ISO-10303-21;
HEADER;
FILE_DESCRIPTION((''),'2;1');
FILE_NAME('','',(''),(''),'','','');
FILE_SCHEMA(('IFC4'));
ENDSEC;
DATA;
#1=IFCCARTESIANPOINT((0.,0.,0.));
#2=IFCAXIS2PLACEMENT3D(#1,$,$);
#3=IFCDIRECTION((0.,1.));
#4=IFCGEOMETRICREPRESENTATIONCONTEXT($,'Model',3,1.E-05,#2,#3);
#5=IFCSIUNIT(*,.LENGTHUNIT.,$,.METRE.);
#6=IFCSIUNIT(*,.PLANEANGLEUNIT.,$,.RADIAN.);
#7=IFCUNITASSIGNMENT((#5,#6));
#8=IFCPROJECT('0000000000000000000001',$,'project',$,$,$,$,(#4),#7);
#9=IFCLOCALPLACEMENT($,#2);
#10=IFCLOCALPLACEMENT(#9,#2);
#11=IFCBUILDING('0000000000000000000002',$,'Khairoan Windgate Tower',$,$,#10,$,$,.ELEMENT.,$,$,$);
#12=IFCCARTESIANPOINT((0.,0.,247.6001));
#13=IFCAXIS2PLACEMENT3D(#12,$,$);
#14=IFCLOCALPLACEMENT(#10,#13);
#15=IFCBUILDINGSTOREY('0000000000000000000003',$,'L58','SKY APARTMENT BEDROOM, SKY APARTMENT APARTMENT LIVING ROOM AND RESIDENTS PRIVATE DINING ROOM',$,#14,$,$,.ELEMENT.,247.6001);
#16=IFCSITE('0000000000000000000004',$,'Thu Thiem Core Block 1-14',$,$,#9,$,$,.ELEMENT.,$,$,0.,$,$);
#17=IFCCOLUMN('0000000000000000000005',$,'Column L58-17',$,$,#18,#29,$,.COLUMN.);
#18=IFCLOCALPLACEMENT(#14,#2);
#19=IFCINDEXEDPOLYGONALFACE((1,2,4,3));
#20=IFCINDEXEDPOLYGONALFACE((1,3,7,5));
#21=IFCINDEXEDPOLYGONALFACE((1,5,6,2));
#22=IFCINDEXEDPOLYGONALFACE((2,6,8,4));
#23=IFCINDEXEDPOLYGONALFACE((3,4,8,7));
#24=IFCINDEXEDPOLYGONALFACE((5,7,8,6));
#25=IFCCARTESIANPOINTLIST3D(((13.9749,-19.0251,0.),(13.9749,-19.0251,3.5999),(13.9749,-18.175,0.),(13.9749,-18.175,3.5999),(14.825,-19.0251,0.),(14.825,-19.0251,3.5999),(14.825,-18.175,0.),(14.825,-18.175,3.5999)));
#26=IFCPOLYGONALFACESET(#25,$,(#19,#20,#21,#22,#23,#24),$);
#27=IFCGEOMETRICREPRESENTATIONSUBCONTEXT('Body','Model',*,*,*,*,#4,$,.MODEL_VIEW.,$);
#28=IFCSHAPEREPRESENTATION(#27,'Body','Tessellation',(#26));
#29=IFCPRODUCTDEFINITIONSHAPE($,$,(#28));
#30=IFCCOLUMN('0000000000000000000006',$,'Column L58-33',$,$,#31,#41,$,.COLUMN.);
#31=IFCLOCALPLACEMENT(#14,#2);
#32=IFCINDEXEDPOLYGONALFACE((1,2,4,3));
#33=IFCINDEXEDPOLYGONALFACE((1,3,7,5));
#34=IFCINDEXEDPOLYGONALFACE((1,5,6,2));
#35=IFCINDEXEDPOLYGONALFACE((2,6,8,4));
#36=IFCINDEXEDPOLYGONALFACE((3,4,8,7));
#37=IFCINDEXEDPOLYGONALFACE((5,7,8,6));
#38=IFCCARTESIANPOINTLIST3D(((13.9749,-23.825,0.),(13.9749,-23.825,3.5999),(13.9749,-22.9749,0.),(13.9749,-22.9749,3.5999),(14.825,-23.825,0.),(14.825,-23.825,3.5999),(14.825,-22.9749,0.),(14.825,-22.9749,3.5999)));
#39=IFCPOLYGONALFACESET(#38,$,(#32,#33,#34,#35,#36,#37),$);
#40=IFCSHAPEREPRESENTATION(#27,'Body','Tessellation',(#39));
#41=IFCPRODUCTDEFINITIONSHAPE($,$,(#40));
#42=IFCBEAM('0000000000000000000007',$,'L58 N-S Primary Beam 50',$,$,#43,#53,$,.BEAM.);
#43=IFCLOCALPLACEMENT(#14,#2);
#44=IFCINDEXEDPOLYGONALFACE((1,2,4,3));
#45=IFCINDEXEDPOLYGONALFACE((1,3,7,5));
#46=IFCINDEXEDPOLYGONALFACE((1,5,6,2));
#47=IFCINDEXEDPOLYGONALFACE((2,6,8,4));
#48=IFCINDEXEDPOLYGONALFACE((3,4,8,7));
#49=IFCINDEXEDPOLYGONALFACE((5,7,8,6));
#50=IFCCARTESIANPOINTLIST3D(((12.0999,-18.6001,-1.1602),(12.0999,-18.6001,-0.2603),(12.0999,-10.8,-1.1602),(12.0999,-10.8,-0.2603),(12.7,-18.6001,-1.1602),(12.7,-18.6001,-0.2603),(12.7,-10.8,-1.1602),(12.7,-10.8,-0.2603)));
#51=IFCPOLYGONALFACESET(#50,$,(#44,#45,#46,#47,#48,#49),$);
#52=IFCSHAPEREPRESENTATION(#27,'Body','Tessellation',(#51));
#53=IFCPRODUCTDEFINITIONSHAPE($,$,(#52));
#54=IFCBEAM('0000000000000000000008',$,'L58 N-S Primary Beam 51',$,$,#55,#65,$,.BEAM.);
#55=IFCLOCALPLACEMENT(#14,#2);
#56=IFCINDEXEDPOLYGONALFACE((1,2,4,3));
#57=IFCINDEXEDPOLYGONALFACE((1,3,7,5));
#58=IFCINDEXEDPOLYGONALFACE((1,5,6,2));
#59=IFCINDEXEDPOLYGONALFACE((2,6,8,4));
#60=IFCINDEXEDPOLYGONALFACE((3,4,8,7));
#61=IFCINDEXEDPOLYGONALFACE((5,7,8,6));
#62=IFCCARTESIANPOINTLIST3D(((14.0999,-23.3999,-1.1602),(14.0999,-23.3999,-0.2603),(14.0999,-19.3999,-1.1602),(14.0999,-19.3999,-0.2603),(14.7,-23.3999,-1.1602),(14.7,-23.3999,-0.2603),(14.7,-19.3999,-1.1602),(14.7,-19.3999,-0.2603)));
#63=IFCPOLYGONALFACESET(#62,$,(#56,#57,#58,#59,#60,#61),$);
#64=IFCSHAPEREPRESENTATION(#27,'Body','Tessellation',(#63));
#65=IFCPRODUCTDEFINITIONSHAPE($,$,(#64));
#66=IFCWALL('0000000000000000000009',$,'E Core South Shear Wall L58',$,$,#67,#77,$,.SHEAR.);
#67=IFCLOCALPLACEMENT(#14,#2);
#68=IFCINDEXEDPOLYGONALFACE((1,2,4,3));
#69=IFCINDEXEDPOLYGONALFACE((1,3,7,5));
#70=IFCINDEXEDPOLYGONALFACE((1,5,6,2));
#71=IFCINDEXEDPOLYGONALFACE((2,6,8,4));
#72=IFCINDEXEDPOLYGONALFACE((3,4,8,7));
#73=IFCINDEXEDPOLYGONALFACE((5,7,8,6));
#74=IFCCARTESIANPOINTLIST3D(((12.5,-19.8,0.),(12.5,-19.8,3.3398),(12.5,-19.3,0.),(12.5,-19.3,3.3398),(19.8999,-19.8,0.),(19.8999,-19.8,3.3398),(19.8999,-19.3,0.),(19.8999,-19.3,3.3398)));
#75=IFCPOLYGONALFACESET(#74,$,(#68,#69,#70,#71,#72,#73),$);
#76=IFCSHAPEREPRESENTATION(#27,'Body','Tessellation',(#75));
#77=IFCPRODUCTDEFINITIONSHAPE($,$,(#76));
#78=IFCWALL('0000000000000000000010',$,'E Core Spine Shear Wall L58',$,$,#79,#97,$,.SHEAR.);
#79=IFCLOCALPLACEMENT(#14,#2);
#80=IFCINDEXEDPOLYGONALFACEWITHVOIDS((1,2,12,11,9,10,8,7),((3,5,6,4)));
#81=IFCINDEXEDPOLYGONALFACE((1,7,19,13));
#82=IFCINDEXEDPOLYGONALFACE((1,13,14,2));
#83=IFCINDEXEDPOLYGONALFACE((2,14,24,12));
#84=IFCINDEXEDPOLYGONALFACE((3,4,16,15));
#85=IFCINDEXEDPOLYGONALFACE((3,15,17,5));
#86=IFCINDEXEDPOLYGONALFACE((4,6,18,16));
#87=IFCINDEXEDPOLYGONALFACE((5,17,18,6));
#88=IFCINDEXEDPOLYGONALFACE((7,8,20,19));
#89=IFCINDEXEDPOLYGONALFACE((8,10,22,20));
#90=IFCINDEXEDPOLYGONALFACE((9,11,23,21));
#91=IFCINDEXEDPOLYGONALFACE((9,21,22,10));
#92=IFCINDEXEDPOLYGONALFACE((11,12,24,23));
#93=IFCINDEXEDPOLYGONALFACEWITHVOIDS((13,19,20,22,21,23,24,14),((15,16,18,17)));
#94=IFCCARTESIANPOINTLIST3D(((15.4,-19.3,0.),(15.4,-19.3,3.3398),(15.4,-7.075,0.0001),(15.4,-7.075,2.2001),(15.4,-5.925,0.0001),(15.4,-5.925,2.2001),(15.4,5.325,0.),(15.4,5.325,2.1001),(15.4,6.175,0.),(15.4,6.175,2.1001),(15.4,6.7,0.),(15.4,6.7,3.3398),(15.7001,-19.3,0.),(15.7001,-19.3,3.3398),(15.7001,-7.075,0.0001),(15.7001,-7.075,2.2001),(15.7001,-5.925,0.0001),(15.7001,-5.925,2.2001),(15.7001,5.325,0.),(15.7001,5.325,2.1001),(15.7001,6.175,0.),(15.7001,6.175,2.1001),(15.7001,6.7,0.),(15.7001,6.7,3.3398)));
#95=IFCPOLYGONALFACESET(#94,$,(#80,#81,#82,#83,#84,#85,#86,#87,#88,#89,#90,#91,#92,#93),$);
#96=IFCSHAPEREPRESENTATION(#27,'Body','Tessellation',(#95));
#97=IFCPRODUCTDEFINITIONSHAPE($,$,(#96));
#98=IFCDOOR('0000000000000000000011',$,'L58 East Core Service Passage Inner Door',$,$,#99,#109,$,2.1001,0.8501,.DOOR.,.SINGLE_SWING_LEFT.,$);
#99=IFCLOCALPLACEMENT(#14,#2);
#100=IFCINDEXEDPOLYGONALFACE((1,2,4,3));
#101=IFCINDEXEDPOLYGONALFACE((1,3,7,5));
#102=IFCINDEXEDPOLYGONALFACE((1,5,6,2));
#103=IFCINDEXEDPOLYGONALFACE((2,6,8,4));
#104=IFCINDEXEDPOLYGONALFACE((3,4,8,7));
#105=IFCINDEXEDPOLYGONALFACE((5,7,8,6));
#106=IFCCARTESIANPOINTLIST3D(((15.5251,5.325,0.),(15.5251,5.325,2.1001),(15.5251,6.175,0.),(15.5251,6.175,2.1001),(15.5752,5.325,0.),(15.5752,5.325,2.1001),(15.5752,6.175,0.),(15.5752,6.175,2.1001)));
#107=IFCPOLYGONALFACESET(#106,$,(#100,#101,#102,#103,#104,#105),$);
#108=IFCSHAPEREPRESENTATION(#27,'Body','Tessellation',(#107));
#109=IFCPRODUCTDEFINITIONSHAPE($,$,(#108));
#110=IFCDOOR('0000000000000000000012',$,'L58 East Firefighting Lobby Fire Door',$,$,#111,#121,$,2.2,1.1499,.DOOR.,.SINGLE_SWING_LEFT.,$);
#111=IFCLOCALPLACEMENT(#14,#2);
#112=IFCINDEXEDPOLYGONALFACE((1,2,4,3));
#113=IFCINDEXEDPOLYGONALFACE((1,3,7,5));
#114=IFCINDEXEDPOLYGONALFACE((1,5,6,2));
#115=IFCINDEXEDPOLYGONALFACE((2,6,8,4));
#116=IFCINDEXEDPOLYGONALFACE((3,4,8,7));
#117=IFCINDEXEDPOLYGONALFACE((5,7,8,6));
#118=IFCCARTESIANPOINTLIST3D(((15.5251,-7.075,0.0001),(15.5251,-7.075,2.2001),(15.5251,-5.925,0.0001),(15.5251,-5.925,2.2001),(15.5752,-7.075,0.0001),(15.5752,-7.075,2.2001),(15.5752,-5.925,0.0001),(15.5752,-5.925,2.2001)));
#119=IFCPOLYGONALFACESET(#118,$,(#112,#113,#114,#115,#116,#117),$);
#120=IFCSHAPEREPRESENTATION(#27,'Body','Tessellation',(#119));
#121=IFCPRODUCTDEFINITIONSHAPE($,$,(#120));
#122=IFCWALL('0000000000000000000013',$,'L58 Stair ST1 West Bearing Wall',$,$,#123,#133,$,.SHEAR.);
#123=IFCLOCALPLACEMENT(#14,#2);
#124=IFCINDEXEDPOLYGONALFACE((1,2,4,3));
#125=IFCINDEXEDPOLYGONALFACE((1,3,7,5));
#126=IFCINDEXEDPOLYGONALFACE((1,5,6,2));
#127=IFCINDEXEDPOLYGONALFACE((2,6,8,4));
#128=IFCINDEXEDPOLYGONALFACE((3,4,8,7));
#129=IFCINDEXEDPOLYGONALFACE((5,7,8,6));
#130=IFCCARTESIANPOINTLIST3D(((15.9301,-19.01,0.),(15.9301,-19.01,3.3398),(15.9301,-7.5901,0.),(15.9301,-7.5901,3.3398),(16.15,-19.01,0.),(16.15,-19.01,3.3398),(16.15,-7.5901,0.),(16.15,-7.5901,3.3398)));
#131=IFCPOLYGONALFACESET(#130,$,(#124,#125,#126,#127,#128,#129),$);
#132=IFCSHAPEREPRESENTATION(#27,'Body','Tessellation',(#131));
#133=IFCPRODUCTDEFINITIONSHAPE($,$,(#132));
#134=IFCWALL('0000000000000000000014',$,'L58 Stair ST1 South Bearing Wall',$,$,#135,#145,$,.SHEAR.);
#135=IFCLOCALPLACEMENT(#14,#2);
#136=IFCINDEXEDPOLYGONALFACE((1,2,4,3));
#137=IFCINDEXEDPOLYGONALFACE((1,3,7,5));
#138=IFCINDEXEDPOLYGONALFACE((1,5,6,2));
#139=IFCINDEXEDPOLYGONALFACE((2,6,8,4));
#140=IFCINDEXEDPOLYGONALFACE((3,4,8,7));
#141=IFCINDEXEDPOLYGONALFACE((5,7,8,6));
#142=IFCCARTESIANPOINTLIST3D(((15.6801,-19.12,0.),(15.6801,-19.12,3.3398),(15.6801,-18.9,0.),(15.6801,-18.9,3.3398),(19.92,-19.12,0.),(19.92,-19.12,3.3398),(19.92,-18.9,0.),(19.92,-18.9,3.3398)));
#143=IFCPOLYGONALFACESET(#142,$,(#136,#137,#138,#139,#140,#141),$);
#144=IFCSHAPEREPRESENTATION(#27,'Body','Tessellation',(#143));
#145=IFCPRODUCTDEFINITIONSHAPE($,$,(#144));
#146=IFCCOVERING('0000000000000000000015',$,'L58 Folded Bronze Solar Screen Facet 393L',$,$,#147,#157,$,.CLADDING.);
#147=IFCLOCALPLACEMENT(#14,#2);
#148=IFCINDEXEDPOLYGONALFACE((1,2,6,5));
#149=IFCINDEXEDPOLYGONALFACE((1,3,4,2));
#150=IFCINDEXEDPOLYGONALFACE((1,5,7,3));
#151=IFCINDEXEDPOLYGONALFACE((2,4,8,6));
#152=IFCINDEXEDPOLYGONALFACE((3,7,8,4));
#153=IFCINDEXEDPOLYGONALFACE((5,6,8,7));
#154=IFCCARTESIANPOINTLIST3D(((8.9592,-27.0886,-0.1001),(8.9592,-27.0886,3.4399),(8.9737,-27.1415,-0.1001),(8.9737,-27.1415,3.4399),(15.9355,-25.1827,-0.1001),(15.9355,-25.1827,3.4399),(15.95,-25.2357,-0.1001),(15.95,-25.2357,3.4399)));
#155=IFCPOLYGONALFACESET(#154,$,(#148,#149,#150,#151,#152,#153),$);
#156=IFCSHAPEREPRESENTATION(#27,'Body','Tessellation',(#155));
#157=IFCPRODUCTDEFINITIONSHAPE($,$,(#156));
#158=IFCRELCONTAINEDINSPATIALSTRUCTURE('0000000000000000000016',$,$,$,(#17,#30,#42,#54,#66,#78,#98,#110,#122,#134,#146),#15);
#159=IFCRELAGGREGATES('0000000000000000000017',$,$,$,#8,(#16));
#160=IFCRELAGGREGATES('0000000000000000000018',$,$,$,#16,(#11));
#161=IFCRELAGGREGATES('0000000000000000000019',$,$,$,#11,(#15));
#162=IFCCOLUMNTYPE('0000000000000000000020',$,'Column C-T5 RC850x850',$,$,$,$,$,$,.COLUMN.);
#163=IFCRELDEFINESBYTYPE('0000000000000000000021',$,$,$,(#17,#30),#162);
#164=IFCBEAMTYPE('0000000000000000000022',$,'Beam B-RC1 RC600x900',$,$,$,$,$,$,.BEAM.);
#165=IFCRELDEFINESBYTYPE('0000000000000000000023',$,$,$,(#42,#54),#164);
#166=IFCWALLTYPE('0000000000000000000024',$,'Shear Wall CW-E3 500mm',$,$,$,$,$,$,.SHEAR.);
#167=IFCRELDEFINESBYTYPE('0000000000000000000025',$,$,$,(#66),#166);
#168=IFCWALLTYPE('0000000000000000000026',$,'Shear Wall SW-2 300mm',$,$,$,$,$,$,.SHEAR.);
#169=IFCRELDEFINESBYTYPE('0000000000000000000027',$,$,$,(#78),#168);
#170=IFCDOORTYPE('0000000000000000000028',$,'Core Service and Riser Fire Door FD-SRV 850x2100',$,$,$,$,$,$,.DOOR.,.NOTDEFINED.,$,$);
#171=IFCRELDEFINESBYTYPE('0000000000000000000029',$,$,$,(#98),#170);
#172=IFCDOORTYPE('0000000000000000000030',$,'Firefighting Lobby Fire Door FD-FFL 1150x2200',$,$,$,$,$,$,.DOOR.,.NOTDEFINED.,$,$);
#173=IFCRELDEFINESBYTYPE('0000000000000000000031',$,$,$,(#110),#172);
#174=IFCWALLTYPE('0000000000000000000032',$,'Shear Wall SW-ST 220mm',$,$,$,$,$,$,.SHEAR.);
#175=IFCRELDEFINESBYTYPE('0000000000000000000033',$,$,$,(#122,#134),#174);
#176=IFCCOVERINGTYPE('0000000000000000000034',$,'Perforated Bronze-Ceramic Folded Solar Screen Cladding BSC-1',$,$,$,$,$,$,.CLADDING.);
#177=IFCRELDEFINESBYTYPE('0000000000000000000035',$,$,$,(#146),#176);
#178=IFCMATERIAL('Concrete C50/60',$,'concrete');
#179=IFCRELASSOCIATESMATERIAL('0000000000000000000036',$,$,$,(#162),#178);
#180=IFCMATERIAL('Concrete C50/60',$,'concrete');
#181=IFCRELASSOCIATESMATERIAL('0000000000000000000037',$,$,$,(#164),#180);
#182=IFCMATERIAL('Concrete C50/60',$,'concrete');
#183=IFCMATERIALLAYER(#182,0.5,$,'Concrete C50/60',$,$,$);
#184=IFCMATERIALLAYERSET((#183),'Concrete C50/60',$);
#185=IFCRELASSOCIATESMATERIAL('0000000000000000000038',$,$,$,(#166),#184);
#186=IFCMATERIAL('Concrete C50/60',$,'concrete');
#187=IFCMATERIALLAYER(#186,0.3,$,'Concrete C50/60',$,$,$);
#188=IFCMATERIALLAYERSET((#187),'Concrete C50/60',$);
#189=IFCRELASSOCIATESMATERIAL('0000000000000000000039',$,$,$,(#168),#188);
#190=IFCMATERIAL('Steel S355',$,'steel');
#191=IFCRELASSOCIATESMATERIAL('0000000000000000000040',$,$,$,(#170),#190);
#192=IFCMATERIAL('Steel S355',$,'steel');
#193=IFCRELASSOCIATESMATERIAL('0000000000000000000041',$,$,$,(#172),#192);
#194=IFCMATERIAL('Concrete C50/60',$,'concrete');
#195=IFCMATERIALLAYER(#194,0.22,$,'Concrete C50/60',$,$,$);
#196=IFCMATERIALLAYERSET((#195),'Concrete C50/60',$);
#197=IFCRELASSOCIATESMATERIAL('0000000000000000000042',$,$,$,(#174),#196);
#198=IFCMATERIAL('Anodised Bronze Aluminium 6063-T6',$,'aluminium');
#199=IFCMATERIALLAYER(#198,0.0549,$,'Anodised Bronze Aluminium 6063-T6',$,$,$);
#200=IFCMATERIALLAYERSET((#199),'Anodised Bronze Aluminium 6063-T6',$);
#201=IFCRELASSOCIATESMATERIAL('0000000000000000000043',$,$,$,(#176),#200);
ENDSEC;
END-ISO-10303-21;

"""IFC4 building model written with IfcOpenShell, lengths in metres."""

from ifc_helpers import new_model, si_unit, direction, frame, frame_2d, origin, origin_2d, place, context, subcontext, project, spatial, rectangle, extrude, material, layer, layer_set, material_profile, profile_set, type_object, element, fill, save


model = new_model("IFC4")

# Units and contexts
model_context = context("Model", 3, precision=1e-05, world=origin(), true_north=direction((0.0, 1.0)))
body_context = subcontext(model_context, "Body", "Model", "MODEL_VIEW")
ifc_project = project(units=[si_unit("LENGTHUNIT", "METRE"), si_unit("PLANEANGLEUNIT", "RADIAN")], contexts=[model_context])

# Site, building, storey
site_placement = place(None, origin())
site = spatial("IfcSite", under=ifc_project, at=site_placement, Name="Thu Thiem Core Block 1-14", CompositionType="ELEMENT", RefElevation=0.0)
building_placement = place(site_placement, origin())
building = spatial("IfcBuilding", under=site, at=building_placement, Name="Khairoan Windgate Tower", CompositionType="ELEMENT")
storey_placement = place(building_placement, frame((0.0, 0.0, 247.6001)))
storey = spatial("IfcBuildingStorey", under=building, at=storey_placement, Name="L58", Description="SKY APARTMENT BEDROOM, SKY APARTMENT APARTMENT LIVING ROOM AND RESIDENTS PRIVATE DINING ROOM", CompositionType="ELEMENT", Elevation=247.6001)

# Columns
ifc_material_1 = material(Name="Concrete C50/60", Category="concrete")
ifc_material_profile_1 = material_profile(ifc_material_1, rectangle(XDim=0.8501, YDim=0.8501, at=origin_2d()))
ifc_profile_set_1 = profile_set([ifc_material_profile_1], Name="Concrete C50/60")
column_type = type_object("IfcColumnType", Name="Column C-T5 RC850x850", PredefinedType="COLUMN", material=ifc_profile_set_1)
for number, where, z_axis, x_axis, name in (
    (1, (14.3999, -18.6001, 0.0), (0.0, 0.0, 1.0), (1.0, 0.0, 0.0), "Column L58-17"),
    (2, (14.3999, -23.3999, 0.0), (0.0, 0.0, 1.0), (1.0, 0.0, 0.0), "Column L58-33"),
):
    element("IfcColumn", number, at=place(storey_placement, frame(where, z_axis=z_axis, x_axis=x_axis)), inside=storey, type_object=column_type, Name=name, PredefinedType="COLUMN", context=body_context, shape_type="SweptSolid", body=[
        extrude(rectangle(XDim=0.8501, YDim=0.8501, at=origin_2d()), origin(), (0.0, 0.0, 1.0), 3.5999),
    ])

# Beams
ifc_material_2 = material(Name="Concrete C50/60", Category="concrete")
ifc_material_profile_2 = material_profile(ifc_material_2, rectangle(XDim=0.6001, YDim=0.8999, at=origin_2d()))
ifc_profile_set_2 = profile_set([ifc_material_profile_2], Name="Concrete C50/60")
beam_type = type_object("IfcBeamType", Name="Beam B-RC1 RC600x900", PredefinedType="BEAM", material=ifc_profile_set_2)
beam_1_placement = place(storey_placement, frame((12.3999, -18.6001, -0.7102), z_axis=(0.0, 1.0, 0.0), x_axis=(-1.0, 0.0, 0.0)))
element("IfcBeam", 3, at=beam_1_placement, inside=storey, type_object=beam_type, Name="L58 N-S Primary Beam 50", PredefinedType="BEAM", context=body_context, shape_type="SweptSolid", body=[
    extrude(rectangle(XDim=0.6001, YDim=0.8999, at=origin_2d()), origin(), (0.0, 0.0, 1.0), 7.8),
])
beam_2_placement = place(storey_placement, frame((14.3999, -23.3999, -0.7102), z_axis=(0.0, 1.0, 0.0), x_axis=(-1.0, 0.0, 0.0)))
element("IfcBeam", 4, at=beam_2_placement, inside=storey, type_object=beam_type, Name="L58 N-S Primary Beam 51", PredefinedType="BEAM", context=body_context, shape_type="SweptSolid", body=[
    extrude(rectangle(XDim=0.6001, YDim=0.8999, at=origin_2d()), origin(), (0.0, 0.0, 1.0), 4.0),
])

# Wall
ifc_material_3 = material(Name="Concrete C50/60", Category="concrete")
ifc_layer_1 = layer(ifc_material_3, 0.5, Name="Concrete C50/60")
ifc_layer_set_1 = layer_set([ifc_layer_1], Name="Concrete C50/60")
wall_type_1 = type_object("IfcWallType", Name="Shear Wall CW-E3 500mm", PredefinedType="SHEAR", material=ifc_layer_set_1)
wall_1_placement = place(storey_placement, frame((12.5, -19.55, 0.0), z_axis=(0.0, 0.0, 1.0), x_axis=(1.0, 0.0, 0.0)))
element("IfcWall", 5, at=wall_1_placement, inside=storey, type_object=wall_type_1, Name="E Core South Shear Wall L58", PredefinedType="SHEAR", context=body_context, shape_type="SweptSolid", body=[
    extrude(rectangle(XDim=7.3999, YDim=0.5, at=frame_2d((3.7, 0.0))), origin(), (0.0, 0.0, 1.0), 3.3398),
])

# Wall, openings, doors
ifc_material_4 = material(Name="Concrete C50/60", Category="concrete")
ifc_layer_2 = layer(ifc_material_4, 0.3, Name="Concrete C50/60")
ifc_layer_set_2 = layer_set([ifc_layer_2], Name="Concrete C50/60")
wall_type_2 = type_object("IfcWallType", Name="Shear Wall SW-2 300mm", PredefinedType="SHEAR", material=ifc_layer_set_2)
wall_2_placement = place(storey_placement, frame((15.55, -19.3, 0.0), z_axis=(0.0, 0.0, 1.0), x_axis=(0.0, 1.0, 0.0)))
wall_2 = element("IfcWall", 6, at=wall_2_placement, inside=storey, type_object=wall_type_2, Name="E Core Spine Shear Wall L58", PredefinedType="SHEAR", context=body_context, shape_type="SweptSolid", body=[
    extrude(rectangle(XDim=26.0, YDim=0.3, at=frame_2d((13.0, 0.0))), origin(), (0.0, 0.0, 1.0), 3.3398),
])
opening_1_placement = place(wall_2_placement, frame((12.2251, 0.0, 0.0)))
opening_1 = element("IfcOpeningElement", 7, at=opening_1_placement, cuts=wall_2, PredefinedType="OPENING", context=body_context, shape_type="SweptSolid", body=[
    extrude(rectangle(XDim=1.1499, YDim=2.2, at=frame_2d((0.575, 1.1001))), frame((0.0, 0.1599, 0.0), z_axis=(0.0, -1.0, 0.0), x_axis=(1.0, 0.0, 0.0)), (0.0, 0.0, 1.0), 0.3201),
])
opening_2_placement = place(wall_2_placement, frame((24.625, 0.0, 0.0)))
opening_2 = element("IfcOpeningElement", 8, at=opening_2_placement, cuts=wall_2, PredefinedType="OPENING", context=body_context, shape_type="SweptSolid", body=[
    extrude(rectangle(XDim=0.8501, YDim=2.1001, at=frame_2d((0.425, 1.05))), frame((0.0, 0.1599, 0.0), z_axis=(0.0, -1.0, 0.0), x_axis=(1.0, 0.0, 0.0)), (0.0, 0.0, 1.0), 0.3201),
])
ifc_material_5 = material(Name="Steel S355", Category="steel")
door_type_1 = type_object("IfcDoorType", Name="Core Service and Riser Fire Door FD-SRV 850x2100", OperationType="NOTDEFINED", PredefinedType="DOOR", material=ifc_material_5)
door_1_placement = place(opening_2_placement, origin())
door_1 = element("IfcDoor", 9, at=door_1_placement, inside=storey, type_object=door_type_1, Name="L58 East Core Service Passage Inner Door", OperationType="SINGLE_SWING_LEFT", OverallHeight=2.1001, OverallWidth=0.8501, PredefinedType="DOOR", context=body_context, shape_type="SweptSolid", body=[
    extrude(rectangle(XDim=0.8501, YDim=2.1001, at=frame_2d((0.425, 1.05))), frame((0.0, 0.0249, 0.0), z_axis=(0.0, -1.0, 0.0), x_axis=(1.0, 0.0, 0.0)), (0.0, 0.0, 1.0), 0.05),
])
fill(opening_2, door_1)
ifc_material_6 = material(Name="Steel S355", Category="steel")
door_type_2 = type_object("IfcDoorType", Name="Firefighting Lobby Fire Door FD-FFL 1150x2200", OperationType="NOTDEFINED", PredefinedType="DOOR", material=ifc_material_6)
door_2_placement = place(opening_1_placement, origin())
door_2 = element("IfcDoor", 10, at=door_2_placement, inside=storey, type_object=door_type_2, Name="L58 East Firefighting Lobby Fire Door", OperationType="SINGLE_SWING_LEFT", OverallHeight=2.2, OverallWidth=1.1499, PredefinedType="DOOR", context=body_context, shape_type="SweptSolid", body=[
    extrude(rectangle(XDim=1.1499, YDim=2.2, at=frame_2d((0.575, 1.1001))), frame((0.0, 0.0249, 0.0), z_axis=(0.0, -1.0, 0.0), x_axis=(1.0, 0.0, 0.0)), (0.0, 0.0, 1.0), 0.05),
])
fill(opening_1, door_2)

# Walls
ifc_material_7 = material(Name="Concrete C50/60", Category="concrete")
ifc_layer_3 = layer(ifc_material_7, 0.22, Name="Concrete C50/60")
ifc_layer_set_3 = layer_set([ifc_layer_3], Name="Concrete C50/60")
wall_type_3 = type_object("IfcWallType", Name="Shear Wall SW-ST 220mm", PredefinedType="SHEAR", material=ifc_layer_set_3)
wall_3_placement = place(storey_placement, frame((16.04, -19.01, 0.0), z_axis=(0.0, 0.0, 1.0), x_axis=(0.0, 1.0, 0.0)))
element("IfcWall", 11, at=wall_3_placement, inside=storey, type_object=wall_type_3, Name="L58 Stair ST1 West Bearing Wall", PredefinedType="SHEAR", context=body_context, shape_type="SweptSolid", body=[
    extrude(rectangle(XDim=11.4199, YDim=0.22, at=frame_2d((5.71, 0.0))), origin(), (0.0, 0.0, 1.0), 3.3398),
])
wall_4_placement = place(storey_placement, frame((15.6799, -19.01, 0.0), z_axis=(0.0, 0.0, 1.0), x_axis=(1.0, 0.0, 0.0)))
element("IfcWall", 12, at=wall_4_placement, inside=storey, type_object=wall_type_3, Name="L58 Stair ST1 South Bearing Wall", PredefinedType="SHEAR", context=body_context, shape_type="SweptSolid", body=[
    extrude(rectangle(XDim=4.24, YDim=0.22, at=frame_2d((2.1201, 0.0))), origin(), (0.0, 0.0, 1.0), 3.3398),
])

# Covering
ifc_material_8 = material(Name="Anodised Bronze Aluminium 6063-T6", Category="aluminium")
ifc_layer_4 = layer(ifc_material_8, 0.0549, Name="Anodised Bronze Aluminium 6063-T6")
ifc_layer_set_4 = layer_set([ifc_layer_4], Name="Anodised Bronze Aluminium 6063-T6")
covering_type = type_object("IfcCoveringType", Name="Perforated Bronze-Ceramic Folded Solar Screen Cladding BSC-1", PredefinedType="CLADDING", material=ifc_layer_set_4)
covering_placement = place(storey_placement, frame((12.4546, -26.1621, -0.1001), z_axis=(0.0, 0.0, 1.0), x_axis=(-0.964649, -0.263536, 0.0)))
element("IfcCovering", 13, at=covering_placement, inside=storey, type_object=covering_type, Name="L58 Folded Bronze Solar Screen Facet 393L", PredefinedType="CLADDING", context=body_context, shape_type="SweptSolid", body=[
    extrude(rectangle(XDim=7.2319, YDim=0.0549, at=origin_2d()), origin(), (0.0, 0.0, 1.0), 3.54),
])

save(model, "model.ifc")
